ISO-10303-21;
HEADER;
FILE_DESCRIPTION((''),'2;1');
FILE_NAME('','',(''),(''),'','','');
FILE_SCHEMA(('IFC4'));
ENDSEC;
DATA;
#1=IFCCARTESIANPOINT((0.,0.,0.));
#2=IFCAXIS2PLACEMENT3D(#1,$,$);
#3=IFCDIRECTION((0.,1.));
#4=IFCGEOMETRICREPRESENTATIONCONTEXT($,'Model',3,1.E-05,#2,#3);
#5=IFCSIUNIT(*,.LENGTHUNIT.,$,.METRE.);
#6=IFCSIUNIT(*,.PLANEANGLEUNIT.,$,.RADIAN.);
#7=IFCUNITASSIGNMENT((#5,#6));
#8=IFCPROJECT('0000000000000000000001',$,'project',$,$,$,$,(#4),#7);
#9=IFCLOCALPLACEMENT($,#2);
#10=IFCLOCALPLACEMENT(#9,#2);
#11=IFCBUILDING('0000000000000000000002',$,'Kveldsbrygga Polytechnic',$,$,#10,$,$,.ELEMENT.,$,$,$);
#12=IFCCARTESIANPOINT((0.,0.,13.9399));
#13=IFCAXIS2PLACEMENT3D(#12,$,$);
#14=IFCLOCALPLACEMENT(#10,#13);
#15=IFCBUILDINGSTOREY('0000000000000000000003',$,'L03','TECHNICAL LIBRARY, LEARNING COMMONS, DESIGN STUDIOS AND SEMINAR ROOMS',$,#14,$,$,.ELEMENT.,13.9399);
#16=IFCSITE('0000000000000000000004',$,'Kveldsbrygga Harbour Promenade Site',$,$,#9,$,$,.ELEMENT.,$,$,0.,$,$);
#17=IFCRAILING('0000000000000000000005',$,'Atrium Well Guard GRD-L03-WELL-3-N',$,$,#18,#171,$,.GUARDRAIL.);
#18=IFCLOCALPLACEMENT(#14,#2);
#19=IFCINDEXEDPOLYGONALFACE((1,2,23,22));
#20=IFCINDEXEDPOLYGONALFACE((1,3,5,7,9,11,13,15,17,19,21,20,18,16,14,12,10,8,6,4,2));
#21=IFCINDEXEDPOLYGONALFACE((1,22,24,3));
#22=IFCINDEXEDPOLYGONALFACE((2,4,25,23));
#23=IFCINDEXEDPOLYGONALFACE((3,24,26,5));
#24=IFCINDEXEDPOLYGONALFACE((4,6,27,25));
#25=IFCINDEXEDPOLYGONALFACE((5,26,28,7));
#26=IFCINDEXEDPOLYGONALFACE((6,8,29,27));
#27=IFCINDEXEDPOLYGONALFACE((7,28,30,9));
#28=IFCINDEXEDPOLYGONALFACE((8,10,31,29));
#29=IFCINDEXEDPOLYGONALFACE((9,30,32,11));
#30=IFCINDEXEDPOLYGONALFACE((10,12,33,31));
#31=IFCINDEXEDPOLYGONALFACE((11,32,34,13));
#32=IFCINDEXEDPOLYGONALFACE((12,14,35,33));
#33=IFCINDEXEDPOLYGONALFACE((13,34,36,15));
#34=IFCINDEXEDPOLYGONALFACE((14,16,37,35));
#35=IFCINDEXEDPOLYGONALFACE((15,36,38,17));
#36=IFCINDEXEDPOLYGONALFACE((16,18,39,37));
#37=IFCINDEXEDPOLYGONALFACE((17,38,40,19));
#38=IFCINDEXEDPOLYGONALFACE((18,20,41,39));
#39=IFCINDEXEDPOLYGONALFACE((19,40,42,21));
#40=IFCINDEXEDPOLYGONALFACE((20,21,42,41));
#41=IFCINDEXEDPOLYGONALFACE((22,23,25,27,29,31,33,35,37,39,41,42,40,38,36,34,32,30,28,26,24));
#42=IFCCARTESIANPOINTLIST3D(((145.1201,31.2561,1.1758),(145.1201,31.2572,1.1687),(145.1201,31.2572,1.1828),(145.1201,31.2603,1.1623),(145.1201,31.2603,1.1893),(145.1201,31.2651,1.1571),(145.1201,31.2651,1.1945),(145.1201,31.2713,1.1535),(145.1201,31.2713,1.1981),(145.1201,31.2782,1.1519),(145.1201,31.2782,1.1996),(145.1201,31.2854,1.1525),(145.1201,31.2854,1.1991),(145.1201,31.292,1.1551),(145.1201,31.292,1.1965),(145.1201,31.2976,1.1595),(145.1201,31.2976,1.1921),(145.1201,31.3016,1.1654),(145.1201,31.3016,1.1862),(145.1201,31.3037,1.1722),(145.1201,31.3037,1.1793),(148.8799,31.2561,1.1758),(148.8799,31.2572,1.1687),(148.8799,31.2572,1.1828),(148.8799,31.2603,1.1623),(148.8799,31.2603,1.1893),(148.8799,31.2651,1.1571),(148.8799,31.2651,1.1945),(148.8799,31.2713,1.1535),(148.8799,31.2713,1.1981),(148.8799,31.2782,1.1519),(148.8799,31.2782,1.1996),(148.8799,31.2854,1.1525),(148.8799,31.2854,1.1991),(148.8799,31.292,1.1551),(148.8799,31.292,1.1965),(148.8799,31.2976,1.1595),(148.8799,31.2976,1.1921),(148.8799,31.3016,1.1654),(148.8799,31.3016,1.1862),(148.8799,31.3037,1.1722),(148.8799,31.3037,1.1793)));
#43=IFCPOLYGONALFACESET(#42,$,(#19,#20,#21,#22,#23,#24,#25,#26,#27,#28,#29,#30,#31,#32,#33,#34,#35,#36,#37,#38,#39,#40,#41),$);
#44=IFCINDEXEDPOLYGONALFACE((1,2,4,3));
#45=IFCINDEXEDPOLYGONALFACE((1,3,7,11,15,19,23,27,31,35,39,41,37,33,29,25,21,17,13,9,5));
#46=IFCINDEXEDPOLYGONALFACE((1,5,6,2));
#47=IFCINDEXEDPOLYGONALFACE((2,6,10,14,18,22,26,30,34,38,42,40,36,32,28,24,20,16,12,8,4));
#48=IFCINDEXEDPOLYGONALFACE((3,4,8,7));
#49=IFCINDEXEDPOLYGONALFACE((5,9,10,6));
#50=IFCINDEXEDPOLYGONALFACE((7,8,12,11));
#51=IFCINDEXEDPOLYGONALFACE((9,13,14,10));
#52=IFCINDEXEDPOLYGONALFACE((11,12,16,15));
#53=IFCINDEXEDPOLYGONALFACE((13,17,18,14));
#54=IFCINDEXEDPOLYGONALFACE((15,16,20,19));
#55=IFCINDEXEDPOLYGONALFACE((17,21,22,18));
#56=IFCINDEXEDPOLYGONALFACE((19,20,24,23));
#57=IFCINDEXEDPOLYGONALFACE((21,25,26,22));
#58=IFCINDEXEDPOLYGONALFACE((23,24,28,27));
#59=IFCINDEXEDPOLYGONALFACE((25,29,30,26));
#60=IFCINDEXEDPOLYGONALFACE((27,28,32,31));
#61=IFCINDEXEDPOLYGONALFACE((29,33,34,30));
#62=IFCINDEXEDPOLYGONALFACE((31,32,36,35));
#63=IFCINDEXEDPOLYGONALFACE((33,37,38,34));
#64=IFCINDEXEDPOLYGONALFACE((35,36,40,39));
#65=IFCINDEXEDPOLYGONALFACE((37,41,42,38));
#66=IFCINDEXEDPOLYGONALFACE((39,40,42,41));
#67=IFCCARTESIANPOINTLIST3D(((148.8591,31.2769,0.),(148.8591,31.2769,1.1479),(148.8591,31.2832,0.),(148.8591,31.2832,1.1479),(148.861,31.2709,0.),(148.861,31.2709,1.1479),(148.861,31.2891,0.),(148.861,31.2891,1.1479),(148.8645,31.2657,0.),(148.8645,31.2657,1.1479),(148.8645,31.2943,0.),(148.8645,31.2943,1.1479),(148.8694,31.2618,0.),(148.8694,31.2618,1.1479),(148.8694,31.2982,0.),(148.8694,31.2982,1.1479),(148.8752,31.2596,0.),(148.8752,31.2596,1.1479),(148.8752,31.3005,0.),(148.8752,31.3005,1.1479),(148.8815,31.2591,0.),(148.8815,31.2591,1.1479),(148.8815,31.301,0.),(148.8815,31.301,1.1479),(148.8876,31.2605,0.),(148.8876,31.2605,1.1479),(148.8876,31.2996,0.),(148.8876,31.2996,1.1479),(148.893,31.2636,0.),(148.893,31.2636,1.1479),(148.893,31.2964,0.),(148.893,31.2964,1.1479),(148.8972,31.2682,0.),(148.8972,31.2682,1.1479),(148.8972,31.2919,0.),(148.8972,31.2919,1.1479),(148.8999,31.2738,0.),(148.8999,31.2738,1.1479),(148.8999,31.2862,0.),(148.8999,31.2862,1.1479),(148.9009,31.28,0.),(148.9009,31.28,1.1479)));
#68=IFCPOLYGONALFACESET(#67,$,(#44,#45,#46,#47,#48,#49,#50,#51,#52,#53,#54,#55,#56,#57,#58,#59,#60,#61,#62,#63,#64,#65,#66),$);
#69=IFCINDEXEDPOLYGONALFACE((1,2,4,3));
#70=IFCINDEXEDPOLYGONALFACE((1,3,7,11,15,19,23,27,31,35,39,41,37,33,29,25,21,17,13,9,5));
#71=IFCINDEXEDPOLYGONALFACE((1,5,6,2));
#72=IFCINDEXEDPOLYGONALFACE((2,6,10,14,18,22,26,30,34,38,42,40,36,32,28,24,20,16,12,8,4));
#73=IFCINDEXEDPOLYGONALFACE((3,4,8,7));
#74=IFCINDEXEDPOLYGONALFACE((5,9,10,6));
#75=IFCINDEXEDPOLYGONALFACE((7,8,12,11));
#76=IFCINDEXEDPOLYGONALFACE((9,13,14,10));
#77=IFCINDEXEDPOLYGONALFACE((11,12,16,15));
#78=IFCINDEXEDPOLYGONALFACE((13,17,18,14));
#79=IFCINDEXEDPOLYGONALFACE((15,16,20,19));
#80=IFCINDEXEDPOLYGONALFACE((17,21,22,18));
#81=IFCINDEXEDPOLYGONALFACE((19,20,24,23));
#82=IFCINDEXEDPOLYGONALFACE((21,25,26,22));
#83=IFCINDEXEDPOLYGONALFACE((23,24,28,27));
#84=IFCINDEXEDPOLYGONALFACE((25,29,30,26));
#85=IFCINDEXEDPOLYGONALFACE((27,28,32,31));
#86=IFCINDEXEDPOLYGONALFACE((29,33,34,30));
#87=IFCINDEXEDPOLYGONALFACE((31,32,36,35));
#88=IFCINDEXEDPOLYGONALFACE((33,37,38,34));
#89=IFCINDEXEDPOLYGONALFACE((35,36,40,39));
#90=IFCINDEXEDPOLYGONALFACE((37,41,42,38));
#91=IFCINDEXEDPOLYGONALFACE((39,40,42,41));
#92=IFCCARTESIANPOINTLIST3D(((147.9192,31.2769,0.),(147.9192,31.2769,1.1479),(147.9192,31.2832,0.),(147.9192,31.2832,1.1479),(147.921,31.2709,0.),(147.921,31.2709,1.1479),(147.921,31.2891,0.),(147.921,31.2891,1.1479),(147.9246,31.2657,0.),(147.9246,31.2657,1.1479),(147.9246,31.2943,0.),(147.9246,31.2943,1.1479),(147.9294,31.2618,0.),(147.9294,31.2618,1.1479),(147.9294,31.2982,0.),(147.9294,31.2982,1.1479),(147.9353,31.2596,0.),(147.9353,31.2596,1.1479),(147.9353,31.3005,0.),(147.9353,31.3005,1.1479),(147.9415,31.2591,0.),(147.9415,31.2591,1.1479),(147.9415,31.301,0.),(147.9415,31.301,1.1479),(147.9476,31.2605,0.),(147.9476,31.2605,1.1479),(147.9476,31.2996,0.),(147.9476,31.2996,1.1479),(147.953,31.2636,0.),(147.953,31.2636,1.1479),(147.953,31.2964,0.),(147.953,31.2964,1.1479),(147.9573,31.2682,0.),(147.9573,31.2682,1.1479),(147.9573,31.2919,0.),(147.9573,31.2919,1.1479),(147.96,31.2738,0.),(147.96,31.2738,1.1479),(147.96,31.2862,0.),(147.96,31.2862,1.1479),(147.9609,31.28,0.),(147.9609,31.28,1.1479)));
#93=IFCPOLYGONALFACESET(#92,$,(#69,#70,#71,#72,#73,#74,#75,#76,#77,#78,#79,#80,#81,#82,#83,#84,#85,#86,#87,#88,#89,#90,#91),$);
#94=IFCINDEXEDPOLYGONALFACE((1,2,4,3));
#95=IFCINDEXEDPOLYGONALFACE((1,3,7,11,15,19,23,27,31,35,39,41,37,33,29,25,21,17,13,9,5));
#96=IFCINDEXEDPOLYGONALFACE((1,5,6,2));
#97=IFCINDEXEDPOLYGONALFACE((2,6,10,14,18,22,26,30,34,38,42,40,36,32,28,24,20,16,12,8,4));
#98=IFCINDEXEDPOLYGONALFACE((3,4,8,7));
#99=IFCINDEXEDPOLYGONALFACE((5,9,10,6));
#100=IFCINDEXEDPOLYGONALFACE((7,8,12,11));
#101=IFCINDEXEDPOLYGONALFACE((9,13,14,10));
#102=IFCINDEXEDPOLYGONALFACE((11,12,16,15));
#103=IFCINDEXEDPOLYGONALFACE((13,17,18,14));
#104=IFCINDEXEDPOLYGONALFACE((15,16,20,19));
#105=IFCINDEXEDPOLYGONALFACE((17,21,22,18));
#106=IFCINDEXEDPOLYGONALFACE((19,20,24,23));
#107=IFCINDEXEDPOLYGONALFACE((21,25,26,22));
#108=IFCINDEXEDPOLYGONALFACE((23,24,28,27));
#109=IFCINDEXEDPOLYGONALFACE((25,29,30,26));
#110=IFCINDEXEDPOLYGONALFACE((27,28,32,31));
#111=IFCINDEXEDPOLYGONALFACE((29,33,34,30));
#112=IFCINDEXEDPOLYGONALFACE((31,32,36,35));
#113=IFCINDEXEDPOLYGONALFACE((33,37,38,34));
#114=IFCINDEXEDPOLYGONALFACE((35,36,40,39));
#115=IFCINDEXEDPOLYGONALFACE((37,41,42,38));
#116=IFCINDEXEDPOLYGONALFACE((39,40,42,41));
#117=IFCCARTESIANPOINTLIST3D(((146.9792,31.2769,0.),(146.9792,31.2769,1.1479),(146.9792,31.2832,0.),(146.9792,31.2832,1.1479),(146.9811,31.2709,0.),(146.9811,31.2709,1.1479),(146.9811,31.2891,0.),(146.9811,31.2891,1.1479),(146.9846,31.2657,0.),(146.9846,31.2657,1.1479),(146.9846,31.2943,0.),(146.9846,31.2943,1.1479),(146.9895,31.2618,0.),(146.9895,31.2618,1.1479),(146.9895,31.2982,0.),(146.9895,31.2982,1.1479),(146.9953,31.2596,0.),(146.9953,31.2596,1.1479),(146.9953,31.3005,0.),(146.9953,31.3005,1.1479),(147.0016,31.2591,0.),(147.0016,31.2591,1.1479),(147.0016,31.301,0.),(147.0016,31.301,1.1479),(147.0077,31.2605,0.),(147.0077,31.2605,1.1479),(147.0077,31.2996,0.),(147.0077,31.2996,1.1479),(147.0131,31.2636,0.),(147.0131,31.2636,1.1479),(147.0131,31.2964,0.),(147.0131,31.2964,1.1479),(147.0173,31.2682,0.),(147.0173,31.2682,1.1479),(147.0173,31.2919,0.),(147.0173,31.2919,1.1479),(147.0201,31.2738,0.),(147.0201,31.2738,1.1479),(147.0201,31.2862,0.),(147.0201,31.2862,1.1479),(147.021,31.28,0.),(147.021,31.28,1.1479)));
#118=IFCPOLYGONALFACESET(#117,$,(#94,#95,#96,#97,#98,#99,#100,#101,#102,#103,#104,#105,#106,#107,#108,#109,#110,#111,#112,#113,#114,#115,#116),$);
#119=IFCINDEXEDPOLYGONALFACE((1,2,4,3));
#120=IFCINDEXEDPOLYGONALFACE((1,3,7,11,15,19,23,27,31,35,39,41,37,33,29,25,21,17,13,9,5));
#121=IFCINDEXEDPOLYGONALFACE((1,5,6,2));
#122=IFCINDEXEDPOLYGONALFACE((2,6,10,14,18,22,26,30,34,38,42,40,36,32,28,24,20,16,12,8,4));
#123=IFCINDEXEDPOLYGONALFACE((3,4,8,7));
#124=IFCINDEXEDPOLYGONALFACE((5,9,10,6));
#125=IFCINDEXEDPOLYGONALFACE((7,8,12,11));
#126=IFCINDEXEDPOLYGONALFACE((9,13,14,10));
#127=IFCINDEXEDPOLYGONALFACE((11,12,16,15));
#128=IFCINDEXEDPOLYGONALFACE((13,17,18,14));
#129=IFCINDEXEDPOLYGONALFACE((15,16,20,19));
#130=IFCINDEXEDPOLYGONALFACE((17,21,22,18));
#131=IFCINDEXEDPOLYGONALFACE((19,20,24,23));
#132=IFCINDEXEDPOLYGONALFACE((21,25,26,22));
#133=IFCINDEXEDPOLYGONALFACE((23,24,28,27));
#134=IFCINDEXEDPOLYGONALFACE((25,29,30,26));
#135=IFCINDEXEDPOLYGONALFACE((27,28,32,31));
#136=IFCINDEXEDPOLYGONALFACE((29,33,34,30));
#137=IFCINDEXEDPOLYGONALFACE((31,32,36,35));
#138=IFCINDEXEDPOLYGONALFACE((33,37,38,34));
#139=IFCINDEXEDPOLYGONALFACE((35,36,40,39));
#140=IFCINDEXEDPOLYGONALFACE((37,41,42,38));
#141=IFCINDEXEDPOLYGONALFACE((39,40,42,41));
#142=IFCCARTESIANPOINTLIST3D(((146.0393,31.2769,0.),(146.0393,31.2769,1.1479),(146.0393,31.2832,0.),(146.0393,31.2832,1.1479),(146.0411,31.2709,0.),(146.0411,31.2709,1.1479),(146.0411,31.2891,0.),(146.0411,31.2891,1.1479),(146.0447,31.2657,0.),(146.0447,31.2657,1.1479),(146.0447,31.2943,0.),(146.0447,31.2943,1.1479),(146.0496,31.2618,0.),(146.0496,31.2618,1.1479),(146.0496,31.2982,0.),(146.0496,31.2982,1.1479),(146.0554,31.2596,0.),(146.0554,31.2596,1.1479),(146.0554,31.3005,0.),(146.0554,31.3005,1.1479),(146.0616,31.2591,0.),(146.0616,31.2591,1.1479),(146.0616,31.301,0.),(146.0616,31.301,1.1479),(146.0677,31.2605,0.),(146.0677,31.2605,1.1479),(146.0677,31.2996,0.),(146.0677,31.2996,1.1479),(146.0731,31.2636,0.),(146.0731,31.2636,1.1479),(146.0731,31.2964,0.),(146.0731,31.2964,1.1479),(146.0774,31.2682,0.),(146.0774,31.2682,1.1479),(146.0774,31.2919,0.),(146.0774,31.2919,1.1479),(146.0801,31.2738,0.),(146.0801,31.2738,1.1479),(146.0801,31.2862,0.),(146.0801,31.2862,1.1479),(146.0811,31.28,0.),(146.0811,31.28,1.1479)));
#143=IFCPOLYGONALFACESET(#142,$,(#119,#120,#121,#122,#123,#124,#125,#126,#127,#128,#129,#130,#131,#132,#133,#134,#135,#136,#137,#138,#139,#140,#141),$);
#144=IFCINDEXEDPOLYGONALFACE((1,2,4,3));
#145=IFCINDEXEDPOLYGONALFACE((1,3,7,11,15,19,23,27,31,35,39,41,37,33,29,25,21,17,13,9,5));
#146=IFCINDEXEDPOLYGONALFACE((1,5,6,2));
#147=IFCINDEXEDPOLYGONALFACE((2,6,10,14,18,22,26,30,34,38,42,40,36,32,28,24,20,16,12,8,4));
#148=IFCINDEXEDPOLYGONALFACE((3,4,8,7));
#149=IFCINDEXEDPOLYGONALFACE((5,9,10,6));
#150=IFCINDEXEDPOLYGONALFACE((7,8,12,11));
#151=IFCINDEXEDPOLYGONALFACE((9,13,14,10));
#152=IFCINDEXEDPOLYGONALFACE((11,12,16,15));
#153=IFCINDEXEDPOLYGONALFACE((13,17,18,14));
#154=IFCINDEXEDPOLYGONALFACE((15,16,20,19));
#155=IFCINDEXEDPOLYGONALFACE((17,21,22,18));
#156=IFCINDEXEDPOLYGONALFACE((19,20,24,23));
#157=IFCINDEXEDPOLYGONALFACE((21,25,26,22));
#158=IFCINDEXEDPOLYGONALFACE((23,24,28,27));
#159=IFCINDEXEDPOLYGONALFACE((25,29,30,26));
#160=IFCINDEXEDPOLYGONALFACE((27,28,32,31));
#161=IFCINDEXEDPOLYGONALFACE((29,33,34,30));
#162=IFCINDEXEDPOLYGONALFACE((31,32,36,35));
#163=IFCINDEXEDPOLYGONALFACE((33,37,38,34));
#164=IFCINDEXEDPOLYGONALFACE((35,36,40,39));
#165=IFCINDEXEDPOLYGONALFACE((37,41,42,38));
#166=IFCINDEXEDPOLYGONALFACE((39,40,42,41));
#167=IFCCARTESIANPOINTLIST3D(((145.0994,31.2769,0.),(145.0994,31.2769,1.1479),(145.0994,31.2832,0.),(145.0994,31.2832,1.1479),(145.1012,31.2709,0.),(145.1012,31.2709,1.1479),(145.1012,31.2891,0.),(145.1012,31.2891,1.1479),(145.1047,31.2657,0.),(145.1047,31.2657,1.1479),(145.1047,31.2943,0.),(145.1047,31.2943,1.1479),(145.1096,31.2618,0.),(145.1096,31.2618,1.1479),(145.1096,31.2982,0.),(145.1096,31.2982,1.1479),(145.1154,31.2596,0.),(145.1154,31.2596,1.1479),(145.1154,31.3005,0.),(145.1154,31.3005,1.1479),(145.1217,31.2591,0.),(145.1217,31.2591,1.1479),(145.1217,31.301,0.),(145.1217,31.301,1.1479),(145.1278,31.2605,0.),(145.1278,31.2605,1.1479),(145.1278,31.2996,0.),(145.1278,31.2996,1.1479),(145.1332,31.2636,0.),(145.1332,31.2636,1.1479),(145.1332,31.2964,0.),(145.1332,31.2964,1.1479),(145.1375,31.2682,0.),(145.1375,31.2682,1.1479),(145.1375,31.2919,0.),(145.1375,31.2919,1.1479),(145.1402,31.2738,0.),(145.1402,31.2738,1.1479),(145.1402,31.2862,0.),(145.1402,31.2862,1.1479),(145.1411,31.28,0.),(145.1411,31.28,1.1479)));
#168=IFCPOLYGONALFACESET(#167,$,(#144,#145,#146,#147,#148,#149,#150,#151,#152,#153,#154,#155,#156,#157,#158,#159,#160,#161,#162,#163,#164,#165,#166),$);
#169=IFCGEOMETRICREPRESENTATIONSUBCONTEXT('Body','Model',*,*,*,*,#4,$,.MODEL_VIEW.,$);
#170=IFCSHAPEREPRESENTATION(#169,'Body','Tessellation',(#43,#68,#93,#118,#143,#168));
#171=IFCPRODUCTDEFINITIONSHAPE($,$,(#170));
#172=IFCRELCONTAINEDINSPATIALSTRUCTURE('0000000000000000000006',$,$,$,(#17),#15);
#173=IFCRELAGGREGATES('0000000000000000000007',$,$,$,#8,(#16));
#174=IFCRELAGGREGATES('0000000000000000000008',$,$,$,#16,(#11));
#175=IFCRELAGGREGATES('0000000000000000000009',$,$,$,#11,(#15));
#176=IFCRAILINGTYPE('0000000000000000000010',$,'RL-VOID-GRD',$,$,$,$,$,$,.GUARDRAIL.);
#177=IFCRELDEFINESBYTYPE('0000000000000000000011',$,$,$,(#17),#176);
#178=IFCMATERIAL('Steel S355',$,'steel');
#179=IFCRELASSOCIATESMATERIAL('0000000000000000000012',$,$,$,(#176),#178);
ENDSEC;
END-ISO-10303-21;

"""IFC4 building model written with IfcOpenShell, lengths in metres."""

from ifc_helpers import new_model, si_unit, direction, frame, origin, origin_2d, place, context, subcontext, project, spatial, circle, extrude, material, type_object, element, save


model = new_model("IFC4")

# Units and contexts
model_context = context("Model", 3, precision=1e-05, world=origin(), true_north=direction((0.0, 1.0)))
body_context = subcontext(model_context, "Body", "Model", "MODEL_VIEW")
ifc_project = project(units=[si_unit("LENGTHUNIT", "METRE"), si_unit("PLANEANGLEUNIT", "RADIAN")], contexts=[model_context])

# Site, building, storey
site_placement = place(None, origin())
site = spatial("IfcSite", under=ifc_project, at=site_placement, Name="Kveldsbrygga Harbour Promenade Site", CompositionType="ELEMENT", RefElevation=0.0)
building_placement = place(site_placement, origin())
building = spatial("IfcBuilding", under=site, at=building_placement, Name="Kveldsbrygga Polytechnic", CompositionType="ELEMENT")
storey_placement = place(building_placement, frame((0.0, 0.0, 13.9399)))
storey = spatial("IfcBuildingStorey", under=building, at=storey_placement, Name="L03", Description="TECHNICAL LIBRARY, LEARNING COMMONS, DESIGN STUDIOS AND SEMINAR ROOMS", CompositionType="ELEMENT", Elevation=13.9399)

# Shared definitions
ifc_material_1 = material(Name="Steel S355", Category="steel")

# Railing
railing_type = type_object("IfcRailingType", Name="RL-VOID-GRD", PredefinedType="GUARDRAIL", material=ifc_material_1)
railing_1_placement = place(storey_placement, frame((148.8799, 31.28, 0.0)))
element("IfcRailing", 1, at=railing_1_placement, inside=storey, type_object=railing_type, Name="Atrium Well Guard GRD-L03-WELL-3-N", PredefinedType="GUARDRAIL", context=body_context, shape_type="SweptSolid", body=[
    extrude(circle(Radius=0.0239, at=origin_2d()), frame((0.0, 0.0, 1.1758), z_axis=(-1.0, 0.0, 0.0), x_axis=(0.0, -1.0, 0.0)), (0.0, 0.0, 1.0), 3.7598),
    extrude(circle(Radius=0.021, at=origin_2d()), origin(), (0.0, 0.0, 1.0), 1.1479),
    extrude(circle(Radius=0.021, at=origin_2d()), frame((-0.9399, 0.0, 0.0)), (0.0, 0.0, 1.0), 1.1479),
    extrude(circle(Radius=0.021, at=origin_2d()), frame((-1.8799, 0.0, 0.0)), (0.0, 0.0, 1.0), 1.1479),
    extrude(circle(Radius=0.021, at=origin_2d()), frame((-2.8198, 0.0, 0.0)), (0.0, 0.0, 1.0), 1.1479),
    extrude(circle(Radius=0.021, at=origin_2d()), frame((-3.7598, 0.0, 0.0)), (0.0, 0.0, 1.0), 1.1479),
])

save(model, "model.ifc")
